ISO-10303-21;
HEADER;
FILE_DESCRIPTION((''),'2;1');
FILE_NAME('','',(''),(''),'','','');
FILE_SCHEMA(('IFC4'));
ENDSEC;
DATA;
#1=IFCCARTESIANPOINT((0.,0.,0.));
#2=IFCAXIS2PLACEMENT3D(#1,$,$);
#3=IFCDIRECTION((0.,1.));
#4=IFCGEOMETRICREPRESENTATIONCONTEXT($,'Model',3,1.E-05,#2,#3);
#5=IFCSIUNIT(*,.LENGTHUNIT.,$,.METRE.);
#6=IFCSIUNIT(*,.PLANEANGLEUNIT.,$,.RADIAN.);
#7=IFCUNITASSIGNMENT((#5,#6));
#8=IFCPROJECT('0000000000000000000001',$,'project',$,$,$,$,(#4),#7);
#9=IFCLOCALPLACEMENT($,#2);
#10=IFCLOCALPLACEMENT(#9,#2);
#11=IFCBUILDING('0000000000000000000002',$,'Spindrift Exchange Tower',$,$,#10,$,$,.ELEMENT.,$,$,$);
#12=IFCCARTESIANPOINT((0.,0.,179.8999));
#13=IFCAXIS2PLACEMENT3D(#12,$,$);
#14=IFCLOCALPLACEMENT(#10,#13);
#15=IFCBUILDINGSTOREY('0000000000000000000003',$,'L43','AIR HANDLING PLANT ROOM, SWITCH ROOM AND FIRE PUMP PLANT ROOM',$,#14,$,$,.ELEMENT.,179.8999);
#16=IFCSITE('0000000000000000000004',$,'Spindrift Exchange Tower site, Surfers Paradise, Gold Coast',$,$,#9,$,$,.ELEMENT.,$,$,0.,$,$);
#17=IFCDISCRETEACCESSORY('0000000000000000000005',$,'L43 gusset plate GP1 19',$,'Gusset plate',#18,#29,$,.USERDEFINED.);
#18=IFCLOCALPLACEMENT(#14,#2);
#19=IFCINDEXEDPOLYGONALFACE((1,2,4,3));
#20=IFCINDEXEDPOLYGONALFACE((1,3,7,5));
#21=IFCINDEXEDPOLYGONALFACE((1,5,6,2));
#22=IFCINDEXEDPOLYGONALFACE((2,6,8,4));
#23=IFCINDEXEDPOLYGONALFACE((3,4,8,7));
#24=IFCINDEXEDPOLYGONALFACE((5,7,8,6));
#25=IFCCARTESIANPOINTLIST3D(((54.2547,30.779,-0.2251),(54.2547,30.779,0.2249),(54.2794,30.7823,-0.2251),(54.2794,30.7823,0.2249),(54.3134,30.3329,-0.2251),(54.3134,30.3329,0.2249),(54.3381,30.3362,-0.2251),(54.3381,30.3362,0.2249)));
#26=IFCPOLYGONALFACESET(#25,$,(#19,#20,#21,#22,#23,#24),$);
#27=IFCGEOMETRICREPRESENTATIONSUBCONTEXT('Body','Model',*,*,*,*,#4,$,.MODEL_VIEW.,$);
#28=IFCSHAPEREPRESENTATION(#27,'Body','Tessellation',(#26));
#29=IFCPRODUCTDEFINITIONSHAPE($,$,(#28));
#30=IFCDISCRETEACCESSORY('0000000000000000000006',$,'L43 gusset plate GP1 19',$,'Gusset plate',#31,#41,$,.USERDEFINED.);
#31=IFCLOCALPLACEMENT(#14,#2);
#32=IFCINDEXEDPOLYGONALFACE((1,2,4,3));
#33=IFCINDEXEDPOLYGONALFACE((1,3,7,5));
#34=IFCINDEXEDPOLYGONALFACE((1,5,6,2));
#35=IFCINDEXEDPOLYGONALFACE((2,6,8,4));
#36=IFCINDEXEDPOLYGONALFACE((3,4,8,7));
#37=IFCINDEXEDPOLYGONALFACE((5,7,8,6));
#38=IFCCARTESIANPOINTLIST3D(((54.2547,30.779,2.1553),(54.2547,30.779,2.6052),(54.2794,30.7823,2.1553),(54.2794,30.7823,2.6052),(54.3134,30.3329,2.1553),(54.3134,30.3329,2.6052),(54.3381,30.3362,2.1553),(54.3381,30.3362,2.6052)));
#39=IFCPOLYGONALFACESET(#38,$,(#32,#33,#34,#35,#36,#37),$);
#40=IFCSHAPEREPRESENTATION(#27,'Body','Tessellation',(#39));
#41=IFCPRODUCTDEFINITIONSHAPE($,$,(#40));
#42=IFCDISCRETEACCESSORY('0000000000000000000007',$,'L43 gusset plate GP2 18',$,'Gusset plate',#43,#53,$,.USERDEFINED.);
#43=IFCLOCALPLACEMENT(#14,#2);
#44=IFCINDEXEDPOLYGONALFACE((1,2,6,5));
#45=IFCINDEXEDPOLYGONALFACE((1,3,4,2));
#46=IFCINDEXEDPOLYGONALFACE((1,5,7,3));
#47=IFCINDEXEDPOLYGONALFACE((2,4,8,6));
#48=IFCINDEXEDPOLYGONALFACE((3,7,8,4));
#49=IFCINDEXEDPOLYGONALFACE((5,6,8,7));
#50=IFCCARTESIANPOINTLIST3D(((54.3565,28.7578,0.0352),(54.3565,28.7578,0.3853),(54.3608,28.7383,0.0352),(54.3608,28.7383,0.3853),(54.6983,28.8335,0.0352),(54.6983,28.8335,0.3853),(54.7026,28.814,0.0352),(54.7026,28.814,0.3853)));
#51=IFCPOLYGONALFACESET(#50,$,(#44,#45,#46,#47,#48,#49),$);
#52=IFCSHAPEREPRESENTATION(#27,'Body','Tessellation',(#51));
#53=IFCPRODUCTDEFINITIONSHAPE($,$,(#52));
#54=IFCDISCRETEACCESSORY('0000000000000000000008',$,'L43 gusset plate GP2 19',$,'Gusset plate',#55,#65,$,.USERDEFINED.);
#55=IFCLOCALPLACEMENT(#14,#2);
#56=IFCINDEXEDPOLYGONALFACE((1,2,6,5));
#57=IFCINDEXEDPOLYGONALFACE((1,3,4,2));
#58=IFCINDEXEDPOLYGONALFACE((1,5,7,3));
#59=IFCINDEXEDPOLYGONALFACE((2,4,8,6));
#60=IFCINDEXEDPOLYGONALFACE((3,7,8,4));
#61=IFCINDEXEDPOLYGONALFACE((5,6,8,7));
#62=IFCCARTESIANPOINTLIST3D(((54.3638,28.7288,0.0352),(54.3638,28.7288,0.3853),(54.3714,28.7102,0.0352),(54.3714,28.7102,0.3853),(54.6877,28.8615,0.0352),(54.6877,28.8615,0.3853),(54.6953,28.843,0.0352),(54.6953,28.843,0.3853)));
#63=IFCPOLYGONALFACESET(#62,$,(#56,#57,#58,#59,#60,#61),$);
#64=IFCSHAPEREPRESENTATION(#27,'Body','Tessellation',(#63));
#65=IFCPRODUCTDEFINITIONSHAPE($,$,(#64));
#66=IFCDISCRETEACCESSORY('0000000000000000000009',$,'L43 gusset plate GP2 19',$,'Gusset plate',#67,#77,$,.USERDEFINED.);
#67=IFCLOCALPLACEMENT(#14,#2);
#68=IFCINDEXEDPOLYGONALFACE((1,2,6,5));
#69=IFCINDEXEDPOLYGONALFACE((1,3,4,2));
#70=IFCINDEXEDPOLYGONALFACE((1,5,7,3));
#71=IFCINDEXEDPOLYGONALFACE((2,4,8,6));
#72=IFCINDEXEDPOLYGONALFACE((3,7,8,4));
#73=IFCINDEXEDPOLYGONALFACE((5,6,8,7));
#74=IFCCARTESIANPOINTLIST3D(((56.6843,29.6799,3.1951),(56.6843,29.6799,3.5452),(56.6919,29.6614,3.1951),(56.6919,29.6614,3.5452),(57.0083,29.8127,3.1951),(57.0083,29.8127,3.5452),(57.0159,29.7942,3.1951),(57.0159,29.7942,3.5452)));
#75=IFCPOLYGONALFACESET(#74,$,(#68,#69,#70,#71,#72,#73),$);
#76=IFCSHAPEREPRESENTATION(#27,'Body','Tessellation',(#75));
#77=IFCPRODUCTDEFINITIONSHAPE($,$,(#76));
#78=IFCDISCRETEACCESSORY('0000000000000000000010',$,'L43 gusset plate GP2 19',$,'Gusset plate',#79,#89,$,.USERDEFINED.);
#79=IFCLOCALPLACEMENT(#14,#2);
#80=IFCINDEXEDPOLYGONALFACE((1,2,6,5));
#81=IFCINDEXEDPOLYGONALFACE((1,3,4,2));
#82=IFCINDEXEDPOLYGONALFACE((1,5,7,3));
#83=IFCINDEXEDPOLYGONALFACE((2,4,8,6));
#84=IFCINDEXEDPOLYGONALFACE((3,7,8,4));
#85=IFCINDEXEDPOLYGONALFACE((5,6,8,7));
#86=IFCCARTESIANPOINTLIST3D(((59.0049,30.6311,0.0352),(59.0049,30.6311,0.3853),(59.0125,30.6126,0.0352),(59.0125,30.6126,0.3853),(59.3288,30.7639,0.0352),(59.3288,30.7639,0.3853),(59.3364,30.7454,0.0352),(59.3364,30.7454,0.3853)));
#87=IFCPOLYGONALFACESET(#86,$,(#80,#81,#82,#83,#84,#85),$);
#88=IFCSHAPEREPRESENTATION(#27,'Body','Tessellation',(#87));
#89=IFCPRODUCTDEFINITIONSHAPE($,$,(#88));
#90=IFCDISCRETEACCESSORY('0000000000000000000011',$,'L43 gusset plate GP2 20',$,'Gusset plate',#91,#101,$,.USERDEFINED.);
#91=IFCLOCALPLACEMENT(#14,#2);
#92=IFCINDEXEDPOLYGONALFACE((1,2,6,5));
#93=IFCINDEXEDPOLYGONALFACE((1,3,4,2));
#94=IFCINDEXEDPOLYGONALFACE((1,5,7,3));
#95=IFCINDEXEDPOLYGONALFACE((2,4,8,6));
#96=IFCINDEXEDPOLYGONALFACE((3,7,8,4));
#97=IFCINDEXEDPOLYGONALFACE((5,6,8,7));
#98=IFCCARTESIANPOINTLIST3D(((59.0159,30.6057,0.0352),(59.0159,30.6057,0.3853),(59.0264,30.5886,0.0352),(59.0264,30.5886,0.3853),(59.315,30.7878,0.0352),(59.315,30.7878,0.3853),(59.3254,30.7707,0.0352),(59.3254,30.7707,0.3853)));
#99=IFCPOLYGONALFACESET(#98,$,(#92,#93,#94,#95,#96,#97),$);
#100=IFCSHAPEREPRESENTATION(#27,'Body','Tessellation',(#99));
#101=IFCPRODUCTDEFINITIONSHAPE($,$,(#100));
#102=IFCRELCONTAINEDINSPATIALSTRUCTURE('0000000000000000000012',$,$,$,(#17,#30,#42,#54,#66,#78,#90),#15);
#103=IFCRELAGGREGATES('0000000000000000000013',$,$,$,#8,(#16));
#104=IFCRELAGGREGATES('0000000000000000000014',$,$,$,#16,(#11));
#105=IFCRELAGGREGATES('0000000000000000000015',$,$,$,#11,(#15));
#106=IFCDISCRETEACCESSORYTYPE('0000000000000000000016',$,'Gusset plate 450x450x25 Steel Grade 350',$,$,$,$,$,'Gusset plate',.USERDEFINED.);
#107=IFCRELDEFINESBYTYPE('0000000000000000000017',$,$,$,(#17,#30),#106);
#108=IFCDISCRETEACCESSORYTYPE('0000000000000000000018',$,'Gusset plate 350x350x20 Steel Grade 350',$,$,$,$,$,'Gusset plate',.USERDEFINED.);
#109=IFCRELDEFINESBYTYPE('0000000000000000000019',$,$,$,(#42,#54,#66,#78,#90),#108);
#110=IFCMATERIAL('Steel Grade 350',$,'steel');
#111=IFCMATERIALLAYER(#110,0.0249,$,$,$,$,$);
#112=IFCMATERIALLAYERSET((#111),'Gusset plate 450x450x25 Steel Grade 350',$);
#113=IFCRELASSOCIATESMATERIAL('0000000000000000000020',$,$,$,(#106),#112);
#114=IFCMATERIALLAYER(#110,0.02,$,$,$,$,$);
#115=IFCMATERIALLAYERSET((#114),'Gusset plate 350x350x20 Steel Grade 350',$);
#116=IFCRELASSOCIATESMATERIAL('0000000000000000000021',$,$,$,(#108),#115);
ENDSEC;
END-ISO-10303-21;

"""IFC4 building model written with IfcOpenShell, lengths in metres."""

from ifc_helpers import new_model, si_unit, direction, frame, origin, origin_2d, place, context, subcontext, project, spatial, rectangle, extrude, source, transform, mapped, material, layer, layer_set, type_object, element, save


model = new_model("IFC4")

# Units and contexts
model_context = context("Model", 3, precision=1e-05, world=origin(), true_north=direction((0.0, 1.0)))
body_context = subcontext(model_context, "Body", "Model", "MODEL_VIEW")
ifc_project = project(units=[si_unit("LENGTHUNIT", "METRE"), si_unit("PLANEANGLEUNIT", "RADIAN")], contexts=[model_context])

# Site, building, storey
site_placement = place(None, origin())
site = spatial("IfcSite", under=ifc_project, at=site_placement, Name="Spindrift Exchange Tower site, Surfers Paradise, Gold Coast", CompositionType="ELEMENT", RefElevation=0.0)
building_placement = place(site_placement, origin())
building = spatial("IfcBuilding", under=site, at=building_placement, Name="Spindrift Exchange Tower", CompositionType="ELEMENT")
storey_placement = place(building_placement, frame((0.0, 0.0, 179.8999)))
storey = spatial("IfcBuildingStorey", under=building, at=storey_placement, Name="L43", Description="AIR HANDLING PLANT ROOM, SWITCH ROOM AND FIRE PUMP PLANT ROOM", CompositionType="ELEMENT", Elevation=179.8999)

# Shared definitions
ifc_material_1 = material(Name="Steel Grade 350", Category="steel")

# Discrete accessories
ifc_layer_1 = layer(ifc_material_1, 0.0249)
ifc_layer_set_1 = layer_set([ifc_layer_1], Name="Gusset plate 450x450x25 Steel Grade 350")
discrete_accessory_type_1 = type_object("IfcDiscreteAccessoryType", Name="Gusset plate 450x450x25 Steel Grade 350", ElementType="Gusset plate", PredefinedType="USERDEFINED", material=ifc_layer_set_1)
shared_shape_1 = source(origin(), body_context, "Body", "SweptSolid", [
    extrude(rectangle(XDim=0.45, YDim=0.0249, at=origin_2d()), origin(), (0.0, 0.0, 1.0), 0.45),
])
for number, where, z_axis, x_axis, name in (
    (1, (54.2964, 30.5576, -0.2251), (0.0, 0.0, 1.0), (0.130526, -0.991445, 0.0), "L43 gusset plate GP1 19"),
    (2, (54.2964, 30.5576, 2.1553), (0.0, 0.0, 1.0), (0.130526, -0.991445, 0.0), "L43 gusset plate GP1 19"),
):
    element("IfcDiscreteAccessory", number, at=place(storey_placement, frame(where, z_axis=z_axis, x_axis=x_axis)), inside=storey, type_object=discrete_accessory_type_1, Name=name, ObjectType="Gusset plate", PredefinedType="USERDEFINED", context=body_context, shape_type="MappedRepresentation", body=[
        mapped(shared_shape_1, transform((0.0, 0.0, 0.0), scale=1.0)),
    ])
ifc_layer_2 = layer(ifc_material_1, 0.02)
ifc_layer_set_2 = layer_set([ifc_layer_2], Name="Gusset plate 350x350x20 Steel Grade 350")
discrete_accessory_type_2 = type_object("IfcDiscreteAccessoryType", Name="Gusset plate 350x350x20 Steel Grade 350", ElementType="Gusset plate", PredefinedType="USERDEFINED", material=ifc_layer_set_2)
shared_shape_2 = source(origin(), body_context, "Body", "SweptSolid", [
    extrude(rectangle(XDim=0.3501, YDim=0.02, at=origin_2d()), origin(), (0.0, 0.0, 1.0), 0.3501),
])
for number, where, z_axis, x_axis, name in (
    (3, (54.5295, 28.7859, 0.0352), (0.0, 0.0, 1.0), (0.976347, 0.216208, 0.0), "L43 gusset plate GP2 18"),
    (4, (54.5295, 28.7859, 0.0352), (0.0, 0.0, 1.0), (0.925273, 0.379303, 0.0), "L43 gusset plate GP2 19"),
    (5, (56.8501, 29.7371, 3.1951), (0.0, 0.0, 1.0), (0.925273, 0.379303, 0.0), "L43 gusset plate GP2 19"),
    (6, (59.1707, 30.6882, 0.0352), (0.0, 0.0, 1.0), (0.925281, 0.379283, 0.0), "L43 gusset plate GP2 19"),
    (7, (59.1707, 30.6882, 0.0352), (0.0, 0.0, 1.0), (0.854103, 0.520104, 0.0), "L43 gusset plate GP2 20"),
):
    element("IfcDiscreteAccessory", number, at=place(storey_placement, frame(where, z_axis=z_axis, x_axis=x_axis)), inside=storey, type_object=discrete_accessory_type_2, Name=name, ObjectType="Gusset plate", PredefinedType="USERDEFINED", context=body_context, shape_type="MappedRepresentation", body=[
        mapped(shared_shape_2, transform((0.0, 0.0, 0.0), scale=1.0)),
    ])

save(model, "model.ifc")
